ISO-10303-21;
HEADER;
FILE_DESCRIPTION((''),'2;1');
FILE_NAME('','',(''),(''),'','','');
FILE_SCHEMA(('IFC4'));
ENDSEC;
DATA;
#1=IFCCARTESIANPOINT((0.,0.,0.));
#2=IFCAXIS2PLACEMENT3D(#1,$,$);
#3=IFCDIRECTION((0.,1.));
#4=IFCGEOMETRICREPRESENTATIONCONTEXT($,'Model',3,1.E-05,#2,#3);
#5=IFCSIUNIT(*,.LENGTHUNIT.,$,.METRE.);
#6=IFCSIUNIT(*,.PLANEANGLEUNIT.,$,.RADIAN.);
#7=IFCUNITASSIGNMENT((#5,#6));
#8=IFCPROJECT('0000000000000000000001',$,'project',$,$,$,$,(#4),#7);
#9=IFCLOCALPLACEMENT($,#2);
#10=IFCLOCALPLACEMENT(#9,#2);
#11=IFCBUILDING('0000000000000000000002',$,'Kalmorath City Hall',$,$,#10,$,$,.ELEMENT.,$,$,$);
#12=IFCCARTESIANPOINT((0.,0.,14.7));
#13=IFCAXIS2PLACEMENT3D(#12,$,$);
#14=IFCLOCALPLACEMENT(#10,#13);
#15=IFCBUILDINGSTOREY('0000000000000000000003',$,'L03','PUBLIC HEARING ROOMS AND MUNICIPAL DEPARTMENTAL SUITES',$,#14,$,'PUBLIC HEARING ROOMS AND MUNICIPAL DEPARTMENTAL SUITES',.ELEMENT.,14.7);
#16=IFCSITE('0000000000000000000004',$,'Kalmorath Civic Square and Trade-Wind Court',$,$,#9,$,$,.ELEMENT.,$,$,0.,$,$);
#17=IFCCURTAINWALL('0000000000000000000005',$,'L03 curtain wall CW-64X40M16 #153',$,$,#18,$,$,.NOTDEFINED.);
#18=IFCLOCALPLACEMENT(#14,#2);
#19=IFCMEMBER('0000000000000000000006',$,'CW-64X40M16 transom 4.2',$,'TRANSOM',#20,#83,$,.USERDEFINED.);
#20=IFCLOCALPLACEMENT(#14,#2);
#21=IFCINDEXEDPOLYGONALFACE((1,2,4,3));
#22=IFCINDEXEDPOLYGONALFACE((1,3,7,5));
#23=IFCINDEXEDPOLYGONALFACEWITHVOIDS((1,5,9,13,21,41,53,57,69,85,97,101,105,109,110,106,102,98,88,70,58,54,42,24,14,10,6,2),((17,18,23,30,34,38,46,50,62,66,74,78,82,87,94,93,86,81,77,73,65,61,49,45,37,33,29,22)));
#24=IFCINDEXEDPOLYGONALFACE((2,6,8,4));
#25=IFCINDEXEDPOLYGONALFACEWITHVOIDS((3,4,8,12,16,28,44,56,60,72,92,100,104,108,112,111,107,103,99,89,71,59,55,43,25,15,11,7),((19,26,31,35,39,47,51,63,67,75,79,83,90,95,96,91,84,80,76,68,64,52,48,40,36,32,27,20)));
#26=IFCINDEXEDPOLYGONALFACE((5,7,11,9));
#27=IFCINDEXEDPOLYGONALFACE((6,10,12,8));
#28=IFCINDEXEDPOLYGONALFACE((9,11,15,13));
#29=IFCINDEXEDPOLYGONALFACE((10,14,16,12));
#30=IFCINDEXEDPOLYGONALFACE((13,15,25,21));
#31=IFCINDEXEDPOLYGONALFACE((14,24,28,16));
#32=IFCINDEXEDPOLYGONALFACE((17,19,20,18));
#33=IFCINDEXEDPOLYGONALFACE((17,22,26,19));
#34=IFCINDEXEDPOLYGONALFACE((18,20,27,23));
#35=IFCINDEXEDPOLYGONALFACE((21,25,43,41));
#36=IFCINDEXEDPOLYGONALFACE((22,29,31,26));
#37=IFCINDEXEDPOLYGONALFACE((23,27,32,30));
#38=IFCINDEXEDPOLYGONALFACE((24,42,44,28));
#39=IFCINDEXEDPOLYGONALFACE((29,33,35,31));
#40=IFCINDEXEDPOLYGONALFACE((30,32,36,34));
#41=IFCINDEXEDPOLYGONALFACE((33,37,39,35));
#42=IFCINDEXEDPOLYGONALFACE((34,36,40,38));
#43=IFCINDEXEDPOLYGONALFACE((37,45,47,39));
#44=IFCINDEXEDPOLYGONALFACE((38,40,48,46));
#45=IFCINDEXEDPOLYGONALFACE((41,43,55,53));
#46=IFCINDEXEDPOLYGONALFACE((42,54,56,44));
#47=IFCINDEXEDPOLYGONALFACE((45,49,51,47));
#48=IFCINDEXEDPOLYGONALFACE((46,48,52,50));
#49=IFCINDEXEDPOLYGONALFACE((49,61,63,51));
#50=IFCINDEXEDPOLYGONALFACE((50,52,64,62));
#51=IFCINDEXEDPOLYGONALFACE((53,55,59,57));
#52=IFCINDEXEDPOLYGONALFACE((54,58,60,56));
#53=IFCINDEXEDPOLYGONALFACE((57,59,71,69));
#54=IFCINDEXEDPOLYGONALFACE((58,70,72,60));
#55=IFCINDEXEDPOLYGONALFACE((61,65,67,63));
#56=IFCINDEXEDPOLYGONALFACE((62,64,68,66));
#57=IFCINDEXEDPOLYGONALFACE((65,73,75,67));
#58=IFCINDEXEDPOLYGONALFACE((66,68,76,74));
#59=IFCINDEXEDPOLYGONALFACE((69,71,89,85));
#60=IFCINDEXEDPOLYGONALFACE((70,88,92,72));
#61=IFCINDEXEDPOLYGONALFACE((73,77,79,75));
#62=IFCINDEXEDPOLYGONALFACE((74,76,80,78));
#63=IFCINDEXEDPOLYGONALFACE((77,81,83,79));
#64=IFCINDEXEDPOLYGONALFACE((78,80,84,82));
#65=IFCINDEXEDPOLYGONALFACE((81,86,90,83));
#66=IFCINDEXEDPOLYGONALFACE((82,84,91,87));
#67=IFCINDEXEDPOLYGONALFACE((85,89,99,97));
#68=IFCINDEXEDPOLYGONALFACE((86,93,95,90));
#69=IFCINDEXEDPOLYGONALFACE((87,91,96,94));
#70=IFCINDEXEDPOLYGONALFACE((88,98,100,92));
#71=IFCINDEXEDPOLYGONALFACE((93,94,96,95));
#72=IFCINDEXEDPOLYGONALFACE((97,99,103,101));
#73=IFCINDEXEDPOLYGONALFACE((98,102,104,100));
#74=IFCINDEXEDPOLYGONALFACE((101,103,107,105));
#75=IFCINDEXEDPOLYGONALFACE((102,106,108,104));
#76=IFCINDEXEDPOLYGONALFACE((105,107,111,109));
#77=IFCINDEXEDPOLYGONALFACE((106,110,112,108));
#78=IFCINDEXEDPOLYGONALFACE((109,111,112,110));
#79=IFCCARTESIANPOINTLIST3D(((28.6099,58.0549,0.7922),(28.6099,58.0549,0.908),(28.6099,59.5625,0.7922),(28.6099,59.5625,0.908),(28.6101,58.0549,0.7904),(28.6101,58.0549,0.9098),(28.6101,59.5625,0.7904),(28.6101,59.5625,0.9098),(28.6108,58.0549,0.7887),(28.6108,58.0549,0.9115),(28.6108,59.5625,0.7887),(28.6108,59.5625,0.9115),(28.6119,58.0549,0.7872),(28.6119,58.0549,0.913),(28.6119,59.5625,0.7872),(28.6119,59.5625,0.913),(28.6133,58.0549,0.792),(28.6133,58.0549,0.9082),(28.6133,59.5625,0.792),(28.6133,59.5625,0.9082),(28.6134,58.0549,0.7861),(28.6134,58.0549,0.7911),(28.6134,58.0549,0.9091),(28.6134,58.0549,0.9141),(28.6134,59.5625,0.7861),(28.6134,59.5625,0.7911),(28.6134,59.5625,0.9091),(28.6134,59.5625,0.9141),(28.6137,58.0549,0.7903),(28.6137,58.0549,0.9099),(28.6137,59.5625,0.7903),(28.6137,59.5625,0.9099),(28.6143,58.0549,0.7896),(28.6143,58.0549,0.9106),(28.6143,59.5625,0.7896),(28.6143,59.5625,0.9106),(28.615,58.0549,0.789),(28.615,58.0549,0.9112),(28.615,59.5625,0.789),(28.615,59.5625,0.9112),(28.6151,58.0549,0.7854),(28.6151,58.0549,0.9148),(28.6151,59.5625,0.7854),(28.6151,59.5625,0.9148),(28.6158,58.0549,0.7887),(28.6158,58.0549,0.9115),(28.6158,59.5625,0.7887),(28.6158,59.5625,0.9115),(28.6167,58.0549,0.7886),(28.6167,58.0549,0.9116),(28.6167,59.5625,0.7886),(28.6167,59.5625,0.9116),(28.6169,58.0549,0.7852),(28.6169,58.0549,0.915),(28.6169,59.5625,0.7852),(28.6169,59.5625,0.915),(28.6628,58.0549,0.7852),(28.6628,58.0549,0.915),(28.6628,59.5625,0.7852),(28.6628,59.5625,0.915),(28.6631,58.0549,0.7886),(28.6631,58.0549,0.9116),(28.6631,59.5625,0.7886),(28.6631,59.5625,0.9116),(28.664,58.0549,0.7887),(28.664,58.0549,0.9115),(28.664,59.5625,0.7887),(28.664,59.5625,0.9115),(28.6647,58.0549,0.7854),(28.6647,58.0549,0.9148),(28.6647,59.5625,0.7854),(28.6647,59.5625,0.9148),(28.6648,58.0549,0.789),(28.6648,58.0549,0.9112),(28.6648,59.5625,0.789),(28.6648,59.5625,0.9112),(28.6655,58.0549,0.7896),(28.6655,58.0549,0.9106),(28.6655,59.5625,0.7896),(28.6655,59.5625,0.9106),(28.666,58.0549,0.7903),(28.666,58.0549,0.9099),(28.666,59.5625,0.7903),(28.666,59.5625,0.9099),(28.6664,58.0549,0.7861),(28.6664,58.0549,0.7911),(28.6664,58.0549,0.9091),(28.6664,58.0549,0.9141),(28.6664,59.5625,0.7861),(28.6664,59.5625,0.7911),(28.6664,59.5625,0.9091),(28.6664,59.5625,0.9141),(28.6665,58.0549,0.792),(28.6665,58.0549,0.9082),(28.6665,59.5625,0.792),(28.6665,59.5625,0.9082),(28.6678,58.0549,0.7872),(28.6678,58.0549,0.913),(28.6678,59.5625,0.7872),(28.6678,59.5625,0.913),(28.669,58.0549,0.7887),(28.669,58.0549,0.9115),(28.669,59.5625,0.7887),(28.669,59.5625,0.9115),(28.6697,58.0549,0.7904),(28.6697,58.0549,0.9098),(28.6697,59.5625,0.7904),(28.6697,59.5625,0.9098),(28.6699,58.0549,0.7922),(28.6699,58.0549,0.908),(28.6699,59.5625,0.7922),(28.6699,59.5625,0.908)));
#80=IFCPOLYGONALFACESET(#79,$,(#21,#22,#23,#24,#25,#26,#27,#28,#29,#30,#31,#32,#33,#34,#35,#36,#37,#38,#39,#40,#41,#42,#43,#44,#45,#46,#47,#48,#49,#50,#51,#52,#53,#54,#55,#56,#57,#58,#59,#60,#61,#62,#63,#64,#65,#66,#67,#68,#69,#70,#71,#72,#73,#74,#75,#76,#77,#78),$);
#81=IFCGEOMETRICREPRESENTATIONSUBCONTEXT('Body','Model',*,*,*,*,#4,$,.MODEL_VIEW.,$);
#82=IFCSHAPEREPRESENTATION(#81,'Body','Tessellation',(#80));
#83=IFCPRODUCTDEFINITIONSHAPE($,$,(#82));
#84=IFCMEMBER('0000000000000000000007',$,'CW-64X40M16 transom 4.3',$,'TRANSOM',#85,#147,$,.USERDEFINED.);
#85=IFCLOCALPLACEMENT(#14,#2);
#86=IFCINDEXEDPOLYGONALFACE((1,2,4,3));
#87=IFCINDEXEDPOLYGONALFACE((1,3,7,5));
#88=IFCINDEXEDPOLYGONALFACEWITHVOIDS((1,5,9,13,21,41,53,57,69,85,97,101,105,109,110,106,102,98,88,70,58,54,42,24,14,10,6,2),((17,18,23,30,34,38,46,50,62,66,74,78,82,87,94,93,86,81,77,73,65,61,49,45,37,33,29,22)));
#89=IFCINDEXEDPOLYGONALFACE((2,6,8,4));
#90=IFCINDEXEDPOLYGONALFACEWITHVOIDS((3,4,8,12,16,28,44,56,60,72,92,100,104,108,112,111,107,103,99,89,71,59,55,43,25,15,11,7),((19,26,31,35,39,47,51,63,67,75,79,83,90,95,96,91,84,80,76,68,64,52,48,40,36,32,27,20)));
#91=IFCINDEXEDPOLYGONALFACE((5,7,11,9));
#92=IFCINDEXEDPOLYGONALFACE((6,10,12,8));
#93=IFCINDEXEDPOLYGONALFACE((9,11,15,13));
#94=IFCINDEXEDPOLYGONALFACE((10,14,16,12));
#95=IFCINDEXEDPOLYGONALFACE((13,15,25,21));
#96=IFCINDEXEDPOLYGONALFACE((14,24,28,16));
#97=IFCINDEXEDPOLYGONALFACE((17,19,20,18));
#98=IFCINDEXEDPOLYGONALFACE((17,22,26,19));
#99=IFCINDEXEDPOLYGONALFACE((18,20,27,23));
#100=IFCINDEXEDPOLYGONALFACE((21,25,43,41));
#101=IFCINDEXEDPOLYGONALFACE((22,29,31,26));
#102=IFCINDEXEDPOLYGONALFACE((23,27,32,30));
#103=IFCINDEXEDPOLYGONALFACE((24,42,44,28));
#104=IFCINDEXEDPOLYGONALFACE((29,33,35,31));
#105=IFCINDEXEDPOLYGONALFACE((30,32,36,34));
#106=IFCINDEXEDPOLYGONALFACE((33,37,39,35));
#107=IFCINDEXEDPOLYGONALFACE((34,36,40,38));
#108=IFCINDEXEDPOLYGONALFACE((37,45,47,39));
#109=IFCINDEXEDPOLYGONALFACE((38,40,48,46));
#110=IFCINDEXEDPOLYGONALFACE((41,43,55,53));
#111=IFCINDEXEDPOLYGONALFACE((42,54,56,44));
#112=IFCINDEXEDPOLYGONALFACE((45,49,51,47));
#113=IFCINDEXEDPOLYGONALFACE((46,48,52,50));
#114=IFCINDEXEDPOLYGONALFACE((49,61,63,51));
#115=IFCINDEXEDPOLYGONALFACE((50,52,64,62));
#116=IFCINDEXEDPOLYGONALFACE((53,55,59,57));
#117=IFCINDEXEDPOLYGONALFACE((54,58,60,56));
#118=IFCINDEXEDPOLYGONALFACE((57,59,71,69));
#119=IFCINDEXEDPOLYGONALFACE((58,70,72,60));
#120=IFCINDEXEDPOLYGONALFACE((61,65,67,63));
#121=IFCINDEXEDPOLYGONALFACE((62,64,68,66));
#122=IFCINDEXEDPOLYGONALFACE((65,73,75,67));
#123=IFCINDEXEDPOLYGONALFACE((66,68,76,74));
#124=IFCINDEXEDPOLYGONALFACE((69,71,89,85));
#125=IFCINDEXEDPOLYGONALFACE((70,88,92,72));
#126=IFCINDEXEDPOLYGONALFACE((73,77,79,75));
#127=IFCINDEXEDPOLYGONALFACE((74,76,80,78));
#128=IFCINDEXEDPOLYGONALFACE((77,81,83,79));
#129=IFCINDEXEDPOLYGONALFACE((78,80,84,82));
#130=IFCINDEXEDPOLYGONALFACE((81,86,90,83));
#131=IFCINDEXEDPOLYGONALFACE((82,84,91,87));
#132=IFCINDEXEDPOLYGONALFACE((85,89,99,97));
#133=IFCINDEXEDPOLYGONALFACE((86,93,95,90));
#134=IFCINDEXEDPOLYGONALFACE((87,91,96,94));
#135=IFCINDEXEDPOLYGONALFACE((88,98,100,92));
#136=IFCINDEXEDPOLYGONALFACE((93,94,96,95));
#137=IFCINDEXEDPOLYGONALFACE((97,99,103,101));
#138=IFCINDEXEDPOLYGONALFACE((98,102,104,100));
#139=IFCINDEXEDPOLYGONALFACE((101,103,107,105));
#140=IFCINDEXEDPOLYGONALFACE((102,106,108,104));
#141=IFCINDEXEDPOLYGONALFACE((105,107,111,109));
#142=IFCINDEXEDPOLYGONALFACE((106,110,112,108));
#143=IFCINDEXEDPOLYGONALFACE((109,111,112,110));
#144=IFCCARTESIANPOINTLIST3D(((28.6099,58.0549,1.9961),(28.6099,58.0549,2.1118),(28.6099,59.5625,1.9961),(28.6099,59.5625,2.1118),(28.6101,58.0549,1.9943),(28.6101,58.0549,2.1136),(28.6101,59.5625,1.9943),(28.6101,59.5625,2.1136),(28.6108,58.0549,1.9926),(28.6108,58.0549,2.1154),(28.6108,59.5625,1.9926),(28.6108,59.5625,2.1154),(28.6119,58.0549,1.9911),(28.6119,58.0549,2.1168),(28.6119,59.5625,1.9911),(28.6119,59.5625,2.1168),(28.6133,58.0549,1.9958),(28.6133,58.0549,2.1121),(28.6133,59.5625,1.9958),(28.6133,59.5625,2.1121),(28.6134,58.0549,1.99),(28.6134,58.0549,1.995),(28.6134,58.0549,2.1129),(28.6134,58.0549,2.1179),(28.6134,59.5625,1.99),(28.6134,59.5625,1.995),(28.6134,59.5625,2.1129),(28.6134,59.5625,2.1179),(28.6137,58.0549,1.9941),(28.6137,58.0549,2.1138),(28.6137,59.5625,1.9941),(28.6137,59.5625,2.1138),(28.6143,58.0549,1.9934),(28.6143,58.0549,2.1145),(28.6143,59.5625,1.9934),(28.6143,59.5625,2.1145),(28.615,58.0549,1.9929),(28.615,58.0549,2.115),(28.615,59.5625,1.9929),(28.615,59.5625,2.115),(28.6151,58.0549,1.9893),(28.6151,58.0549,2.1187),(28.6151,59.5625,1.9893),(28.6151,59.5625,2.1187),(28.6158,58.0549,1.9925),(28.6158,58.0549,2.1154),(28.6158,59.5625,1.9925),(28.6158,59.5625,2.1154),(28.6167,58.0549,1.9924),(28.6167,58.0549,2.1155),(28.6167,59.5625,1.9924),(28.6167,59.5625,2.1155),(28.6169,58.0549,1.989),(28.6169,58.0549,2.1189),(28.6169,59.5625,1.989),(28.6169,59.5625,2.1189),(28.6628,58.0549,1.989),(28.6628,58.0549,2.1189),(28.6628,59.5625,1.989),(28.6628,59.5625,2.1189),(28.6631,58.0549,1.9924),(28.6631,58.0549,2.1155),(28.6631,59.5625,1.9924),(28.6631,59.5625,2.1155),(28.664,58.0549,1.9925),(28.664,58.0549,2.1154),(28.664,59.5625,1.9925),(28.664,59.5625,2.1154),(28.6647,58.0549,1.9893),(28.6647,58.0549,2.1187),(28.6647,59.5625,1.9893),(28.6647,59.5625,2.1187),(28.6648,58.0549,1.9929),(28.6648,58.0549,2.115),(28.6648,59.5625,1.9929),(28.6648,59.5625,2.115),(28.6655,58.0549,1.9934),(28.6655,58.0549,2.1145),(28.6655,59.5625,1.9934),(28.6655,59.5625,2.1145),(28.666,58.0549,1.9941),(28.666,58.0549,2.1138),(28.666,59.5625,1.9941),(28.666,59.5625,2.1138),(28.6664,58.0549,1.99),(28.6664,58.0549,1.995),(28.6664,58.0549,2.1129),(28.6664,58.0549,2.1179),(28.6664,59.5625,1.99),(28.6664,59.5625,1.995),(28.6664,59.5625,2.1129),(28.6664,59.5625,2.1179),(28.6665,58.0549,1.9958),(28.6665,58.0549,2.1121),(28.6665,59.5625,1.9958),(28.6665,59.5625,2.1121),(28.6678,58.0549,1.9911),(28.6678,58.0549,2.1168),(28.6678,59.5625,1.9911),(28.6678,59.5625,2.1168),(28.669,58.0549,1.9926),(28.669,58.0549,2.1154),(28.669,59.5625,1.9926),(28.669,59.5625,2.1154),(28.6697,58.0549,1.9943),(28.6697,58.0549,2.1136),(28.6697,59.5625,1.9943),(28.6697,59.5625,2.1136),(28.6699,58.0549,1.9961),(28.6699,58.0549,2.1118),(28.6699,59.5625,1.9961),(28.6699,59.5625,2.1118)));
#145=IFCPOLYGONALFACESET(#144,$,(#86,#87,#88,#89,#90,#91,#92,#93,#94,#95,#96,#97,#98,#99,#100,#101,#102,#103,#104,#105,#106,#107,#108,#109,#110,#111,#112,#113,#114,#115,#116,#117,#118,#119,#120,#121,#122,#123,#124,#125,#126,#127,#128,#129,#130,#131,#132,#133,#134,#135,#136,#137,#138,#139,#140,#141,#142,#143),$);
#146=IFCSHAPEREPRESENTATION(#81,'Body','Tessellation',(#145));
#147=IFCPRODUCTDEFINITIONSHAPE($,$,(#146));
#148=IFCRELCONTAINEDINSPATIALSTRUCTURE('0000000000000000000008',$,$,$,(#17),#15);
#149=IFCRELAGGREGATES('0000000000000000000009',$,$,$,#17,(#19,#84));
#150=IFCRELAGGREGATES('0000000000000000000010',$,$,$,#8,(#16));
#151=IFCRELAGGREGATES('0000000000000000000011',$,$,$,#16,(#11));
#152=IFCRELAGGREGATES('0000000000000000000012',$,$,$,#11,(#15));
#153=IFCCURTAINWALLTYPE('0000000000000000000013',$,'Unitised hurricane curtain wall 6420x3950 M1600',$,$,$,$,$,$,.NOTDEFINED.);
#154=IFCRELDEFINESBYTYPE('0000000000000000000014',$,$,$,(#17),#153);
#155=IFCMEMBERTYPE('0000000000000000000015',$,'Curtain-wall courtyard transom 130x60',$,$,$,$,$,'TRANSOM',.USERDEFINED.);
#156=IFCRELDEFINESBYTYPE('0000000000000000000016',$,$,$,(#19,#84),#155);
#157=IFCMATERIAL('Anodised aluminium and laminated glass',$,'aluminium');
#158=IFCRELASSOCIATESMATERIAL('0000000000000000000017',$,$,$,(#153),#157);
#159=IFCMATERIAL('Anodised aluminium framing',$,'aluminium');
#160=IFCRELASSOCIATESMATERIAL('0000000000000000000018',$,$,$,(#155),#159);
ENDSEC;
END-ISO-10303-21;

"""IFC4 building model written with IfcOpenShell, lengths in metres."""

from ifc_helpers import new_model, si_unit, direction, frame, origin, origin_2d, place, context, subcontext, project, spatial, hollow_rectangle, extrude, material, material_profile, profile_set, type_object, element, aggregate, save


model = new_model("IFC4")

# Units and contexts
model_context = context("Model", 3, precision=1e-05, world=origin(), true_north=direction((0.0, 1.0)))
body_context = subcontext(model_context, "Body", "Model", "MODEL_VIEW")
ifc_project = project(units=[si_unit("LENGTHUNIT", "METRE"), si_unit("PLANEANGLEUNIT", "RADIAN")], contexts=[model_context])

# Site, building, storey
site_placement = place(None, origin())
site = spatial("IfcSite", under=ifc_project, at=site_placement, Name="Kalmorath Civic Square and Trade-Wind Court", CompositionType="ELEMENT", RefElevation=0.0)
building_placement = place(site_placement, origin())
building = spatial("IfcBuilding", under=site, at=building_placement, Name="Kalmorath City Hall", CompositionType="ELEMENT")
storey_placement = place(building_placement, frame((0.0, 0.0, 14.7)))
storey = spatial("IfcBuildingStorey", under=building, at=storey_placement, Name="L03", Description="PUBLIC HEARING ROOMS AND MUNICIPAL DEPARTMENTAL SUITES", LongName="PUBLIC HEARING ROOMS AND MUNICIPAL DEPARTMENTAL SUITES", CompositionType="ELEMENT", Elevation=14.7)

# Curtain wall, members
ifc_material_1 = material(Name="Anodised aluminium and laminated glass", Category="aluminium")
curtain_wall_type = type_object("IfcCurtainWallType", Name="Unitised hurricane curtain wall 6420x3950 M1600", PredefinedType="NOTDEFINED", material=ifc_material_1)
curtain_wall_placement = place(storey_placement, origin())
curtain_wall = element("IfcCurtainWall", 1, at=curtain_wall_placement, inside=storey, type_object=curtain_wall_type, Name="L03 curtain wall CW-64X40M16 #153", PredefinedType="NOTDEFINED")
ifc_material_2 = material(Name="Anodised aluminium framing", Category="aluminium")
ifc_material_profile_1 = material_profile(ifc_material_2, hollow_rectangle(XDim=0.0601, YDim=0.1299, WallThickness=0.0034, InnerFilletRadius=0.0034, OuterFilletRadius=0.0071, at=origin_2d()), Name="ALU-TRN-130X60X3.5")
ifc_profile_set_1 = profile_set([ifc_material_profile_1], Name="Anodised aluminium framing")
member_type_1 = type_object("IfcMemberType", Name="Curtain-wall courtyard transom 130x60", ElementType="TRANSOM", PredefinedType="USERDEFINED", material=ifc_profile_set_1)
member_1_placement = place(storey_placement, frame((28.6399, 59.5625, 0.8501), z_axis=(0.0, -1.0, 0.0), x_axis=(1.0, 0.0, 0.0)))
member_1 = element("IfcMember", 2, at=member_1_placement, type_object=member_type_1, Name="CW-64X40M16 transom 4.2", ObjectType="TRANSOM", PredefinedType="USERDEFINED", context=body_context, shape_type="SweptSolid", body=[
    extrude(hollow_rectangle(XDim=0.0601, YDim=0.1299, WallThickness=0.0034, InnerFilletRadius=0.0034, OuterFilletRadius=0.0071, at=origin_2d()), origin(), (0.0, 0.0, 1.0), 1.5076),
])
member_2_placement = place(storey_placement, frame((28.6399, 59.5625, 2.054), z_axis=(0.0, -1.0, 0.0), x_axis=(1.0, 0.0, 0.0)))
member_2 = element("IfcMember", 3, at=member_2_placement, type_object=member_type_1, Name="CW-64X40M16 transom 4.3", ObjectType="TRANSOM", PredefinedType="USERDEFINED", context=body_context, shape_type="SweptSolid", body=[
    extrude(hollow_rectangle(XDim=0.0601, YDim=0.1299, WallThickness=0.0034, InnerFilletRadius=0.0034, OuterFilletRadius=0.0071, at=origin_2d()), origin(), (0.0, 0.0, 1.0), 1.5076),
])

aggregate(curtain_wall, [member_1, member_2])

save(model, "model.ifc")
